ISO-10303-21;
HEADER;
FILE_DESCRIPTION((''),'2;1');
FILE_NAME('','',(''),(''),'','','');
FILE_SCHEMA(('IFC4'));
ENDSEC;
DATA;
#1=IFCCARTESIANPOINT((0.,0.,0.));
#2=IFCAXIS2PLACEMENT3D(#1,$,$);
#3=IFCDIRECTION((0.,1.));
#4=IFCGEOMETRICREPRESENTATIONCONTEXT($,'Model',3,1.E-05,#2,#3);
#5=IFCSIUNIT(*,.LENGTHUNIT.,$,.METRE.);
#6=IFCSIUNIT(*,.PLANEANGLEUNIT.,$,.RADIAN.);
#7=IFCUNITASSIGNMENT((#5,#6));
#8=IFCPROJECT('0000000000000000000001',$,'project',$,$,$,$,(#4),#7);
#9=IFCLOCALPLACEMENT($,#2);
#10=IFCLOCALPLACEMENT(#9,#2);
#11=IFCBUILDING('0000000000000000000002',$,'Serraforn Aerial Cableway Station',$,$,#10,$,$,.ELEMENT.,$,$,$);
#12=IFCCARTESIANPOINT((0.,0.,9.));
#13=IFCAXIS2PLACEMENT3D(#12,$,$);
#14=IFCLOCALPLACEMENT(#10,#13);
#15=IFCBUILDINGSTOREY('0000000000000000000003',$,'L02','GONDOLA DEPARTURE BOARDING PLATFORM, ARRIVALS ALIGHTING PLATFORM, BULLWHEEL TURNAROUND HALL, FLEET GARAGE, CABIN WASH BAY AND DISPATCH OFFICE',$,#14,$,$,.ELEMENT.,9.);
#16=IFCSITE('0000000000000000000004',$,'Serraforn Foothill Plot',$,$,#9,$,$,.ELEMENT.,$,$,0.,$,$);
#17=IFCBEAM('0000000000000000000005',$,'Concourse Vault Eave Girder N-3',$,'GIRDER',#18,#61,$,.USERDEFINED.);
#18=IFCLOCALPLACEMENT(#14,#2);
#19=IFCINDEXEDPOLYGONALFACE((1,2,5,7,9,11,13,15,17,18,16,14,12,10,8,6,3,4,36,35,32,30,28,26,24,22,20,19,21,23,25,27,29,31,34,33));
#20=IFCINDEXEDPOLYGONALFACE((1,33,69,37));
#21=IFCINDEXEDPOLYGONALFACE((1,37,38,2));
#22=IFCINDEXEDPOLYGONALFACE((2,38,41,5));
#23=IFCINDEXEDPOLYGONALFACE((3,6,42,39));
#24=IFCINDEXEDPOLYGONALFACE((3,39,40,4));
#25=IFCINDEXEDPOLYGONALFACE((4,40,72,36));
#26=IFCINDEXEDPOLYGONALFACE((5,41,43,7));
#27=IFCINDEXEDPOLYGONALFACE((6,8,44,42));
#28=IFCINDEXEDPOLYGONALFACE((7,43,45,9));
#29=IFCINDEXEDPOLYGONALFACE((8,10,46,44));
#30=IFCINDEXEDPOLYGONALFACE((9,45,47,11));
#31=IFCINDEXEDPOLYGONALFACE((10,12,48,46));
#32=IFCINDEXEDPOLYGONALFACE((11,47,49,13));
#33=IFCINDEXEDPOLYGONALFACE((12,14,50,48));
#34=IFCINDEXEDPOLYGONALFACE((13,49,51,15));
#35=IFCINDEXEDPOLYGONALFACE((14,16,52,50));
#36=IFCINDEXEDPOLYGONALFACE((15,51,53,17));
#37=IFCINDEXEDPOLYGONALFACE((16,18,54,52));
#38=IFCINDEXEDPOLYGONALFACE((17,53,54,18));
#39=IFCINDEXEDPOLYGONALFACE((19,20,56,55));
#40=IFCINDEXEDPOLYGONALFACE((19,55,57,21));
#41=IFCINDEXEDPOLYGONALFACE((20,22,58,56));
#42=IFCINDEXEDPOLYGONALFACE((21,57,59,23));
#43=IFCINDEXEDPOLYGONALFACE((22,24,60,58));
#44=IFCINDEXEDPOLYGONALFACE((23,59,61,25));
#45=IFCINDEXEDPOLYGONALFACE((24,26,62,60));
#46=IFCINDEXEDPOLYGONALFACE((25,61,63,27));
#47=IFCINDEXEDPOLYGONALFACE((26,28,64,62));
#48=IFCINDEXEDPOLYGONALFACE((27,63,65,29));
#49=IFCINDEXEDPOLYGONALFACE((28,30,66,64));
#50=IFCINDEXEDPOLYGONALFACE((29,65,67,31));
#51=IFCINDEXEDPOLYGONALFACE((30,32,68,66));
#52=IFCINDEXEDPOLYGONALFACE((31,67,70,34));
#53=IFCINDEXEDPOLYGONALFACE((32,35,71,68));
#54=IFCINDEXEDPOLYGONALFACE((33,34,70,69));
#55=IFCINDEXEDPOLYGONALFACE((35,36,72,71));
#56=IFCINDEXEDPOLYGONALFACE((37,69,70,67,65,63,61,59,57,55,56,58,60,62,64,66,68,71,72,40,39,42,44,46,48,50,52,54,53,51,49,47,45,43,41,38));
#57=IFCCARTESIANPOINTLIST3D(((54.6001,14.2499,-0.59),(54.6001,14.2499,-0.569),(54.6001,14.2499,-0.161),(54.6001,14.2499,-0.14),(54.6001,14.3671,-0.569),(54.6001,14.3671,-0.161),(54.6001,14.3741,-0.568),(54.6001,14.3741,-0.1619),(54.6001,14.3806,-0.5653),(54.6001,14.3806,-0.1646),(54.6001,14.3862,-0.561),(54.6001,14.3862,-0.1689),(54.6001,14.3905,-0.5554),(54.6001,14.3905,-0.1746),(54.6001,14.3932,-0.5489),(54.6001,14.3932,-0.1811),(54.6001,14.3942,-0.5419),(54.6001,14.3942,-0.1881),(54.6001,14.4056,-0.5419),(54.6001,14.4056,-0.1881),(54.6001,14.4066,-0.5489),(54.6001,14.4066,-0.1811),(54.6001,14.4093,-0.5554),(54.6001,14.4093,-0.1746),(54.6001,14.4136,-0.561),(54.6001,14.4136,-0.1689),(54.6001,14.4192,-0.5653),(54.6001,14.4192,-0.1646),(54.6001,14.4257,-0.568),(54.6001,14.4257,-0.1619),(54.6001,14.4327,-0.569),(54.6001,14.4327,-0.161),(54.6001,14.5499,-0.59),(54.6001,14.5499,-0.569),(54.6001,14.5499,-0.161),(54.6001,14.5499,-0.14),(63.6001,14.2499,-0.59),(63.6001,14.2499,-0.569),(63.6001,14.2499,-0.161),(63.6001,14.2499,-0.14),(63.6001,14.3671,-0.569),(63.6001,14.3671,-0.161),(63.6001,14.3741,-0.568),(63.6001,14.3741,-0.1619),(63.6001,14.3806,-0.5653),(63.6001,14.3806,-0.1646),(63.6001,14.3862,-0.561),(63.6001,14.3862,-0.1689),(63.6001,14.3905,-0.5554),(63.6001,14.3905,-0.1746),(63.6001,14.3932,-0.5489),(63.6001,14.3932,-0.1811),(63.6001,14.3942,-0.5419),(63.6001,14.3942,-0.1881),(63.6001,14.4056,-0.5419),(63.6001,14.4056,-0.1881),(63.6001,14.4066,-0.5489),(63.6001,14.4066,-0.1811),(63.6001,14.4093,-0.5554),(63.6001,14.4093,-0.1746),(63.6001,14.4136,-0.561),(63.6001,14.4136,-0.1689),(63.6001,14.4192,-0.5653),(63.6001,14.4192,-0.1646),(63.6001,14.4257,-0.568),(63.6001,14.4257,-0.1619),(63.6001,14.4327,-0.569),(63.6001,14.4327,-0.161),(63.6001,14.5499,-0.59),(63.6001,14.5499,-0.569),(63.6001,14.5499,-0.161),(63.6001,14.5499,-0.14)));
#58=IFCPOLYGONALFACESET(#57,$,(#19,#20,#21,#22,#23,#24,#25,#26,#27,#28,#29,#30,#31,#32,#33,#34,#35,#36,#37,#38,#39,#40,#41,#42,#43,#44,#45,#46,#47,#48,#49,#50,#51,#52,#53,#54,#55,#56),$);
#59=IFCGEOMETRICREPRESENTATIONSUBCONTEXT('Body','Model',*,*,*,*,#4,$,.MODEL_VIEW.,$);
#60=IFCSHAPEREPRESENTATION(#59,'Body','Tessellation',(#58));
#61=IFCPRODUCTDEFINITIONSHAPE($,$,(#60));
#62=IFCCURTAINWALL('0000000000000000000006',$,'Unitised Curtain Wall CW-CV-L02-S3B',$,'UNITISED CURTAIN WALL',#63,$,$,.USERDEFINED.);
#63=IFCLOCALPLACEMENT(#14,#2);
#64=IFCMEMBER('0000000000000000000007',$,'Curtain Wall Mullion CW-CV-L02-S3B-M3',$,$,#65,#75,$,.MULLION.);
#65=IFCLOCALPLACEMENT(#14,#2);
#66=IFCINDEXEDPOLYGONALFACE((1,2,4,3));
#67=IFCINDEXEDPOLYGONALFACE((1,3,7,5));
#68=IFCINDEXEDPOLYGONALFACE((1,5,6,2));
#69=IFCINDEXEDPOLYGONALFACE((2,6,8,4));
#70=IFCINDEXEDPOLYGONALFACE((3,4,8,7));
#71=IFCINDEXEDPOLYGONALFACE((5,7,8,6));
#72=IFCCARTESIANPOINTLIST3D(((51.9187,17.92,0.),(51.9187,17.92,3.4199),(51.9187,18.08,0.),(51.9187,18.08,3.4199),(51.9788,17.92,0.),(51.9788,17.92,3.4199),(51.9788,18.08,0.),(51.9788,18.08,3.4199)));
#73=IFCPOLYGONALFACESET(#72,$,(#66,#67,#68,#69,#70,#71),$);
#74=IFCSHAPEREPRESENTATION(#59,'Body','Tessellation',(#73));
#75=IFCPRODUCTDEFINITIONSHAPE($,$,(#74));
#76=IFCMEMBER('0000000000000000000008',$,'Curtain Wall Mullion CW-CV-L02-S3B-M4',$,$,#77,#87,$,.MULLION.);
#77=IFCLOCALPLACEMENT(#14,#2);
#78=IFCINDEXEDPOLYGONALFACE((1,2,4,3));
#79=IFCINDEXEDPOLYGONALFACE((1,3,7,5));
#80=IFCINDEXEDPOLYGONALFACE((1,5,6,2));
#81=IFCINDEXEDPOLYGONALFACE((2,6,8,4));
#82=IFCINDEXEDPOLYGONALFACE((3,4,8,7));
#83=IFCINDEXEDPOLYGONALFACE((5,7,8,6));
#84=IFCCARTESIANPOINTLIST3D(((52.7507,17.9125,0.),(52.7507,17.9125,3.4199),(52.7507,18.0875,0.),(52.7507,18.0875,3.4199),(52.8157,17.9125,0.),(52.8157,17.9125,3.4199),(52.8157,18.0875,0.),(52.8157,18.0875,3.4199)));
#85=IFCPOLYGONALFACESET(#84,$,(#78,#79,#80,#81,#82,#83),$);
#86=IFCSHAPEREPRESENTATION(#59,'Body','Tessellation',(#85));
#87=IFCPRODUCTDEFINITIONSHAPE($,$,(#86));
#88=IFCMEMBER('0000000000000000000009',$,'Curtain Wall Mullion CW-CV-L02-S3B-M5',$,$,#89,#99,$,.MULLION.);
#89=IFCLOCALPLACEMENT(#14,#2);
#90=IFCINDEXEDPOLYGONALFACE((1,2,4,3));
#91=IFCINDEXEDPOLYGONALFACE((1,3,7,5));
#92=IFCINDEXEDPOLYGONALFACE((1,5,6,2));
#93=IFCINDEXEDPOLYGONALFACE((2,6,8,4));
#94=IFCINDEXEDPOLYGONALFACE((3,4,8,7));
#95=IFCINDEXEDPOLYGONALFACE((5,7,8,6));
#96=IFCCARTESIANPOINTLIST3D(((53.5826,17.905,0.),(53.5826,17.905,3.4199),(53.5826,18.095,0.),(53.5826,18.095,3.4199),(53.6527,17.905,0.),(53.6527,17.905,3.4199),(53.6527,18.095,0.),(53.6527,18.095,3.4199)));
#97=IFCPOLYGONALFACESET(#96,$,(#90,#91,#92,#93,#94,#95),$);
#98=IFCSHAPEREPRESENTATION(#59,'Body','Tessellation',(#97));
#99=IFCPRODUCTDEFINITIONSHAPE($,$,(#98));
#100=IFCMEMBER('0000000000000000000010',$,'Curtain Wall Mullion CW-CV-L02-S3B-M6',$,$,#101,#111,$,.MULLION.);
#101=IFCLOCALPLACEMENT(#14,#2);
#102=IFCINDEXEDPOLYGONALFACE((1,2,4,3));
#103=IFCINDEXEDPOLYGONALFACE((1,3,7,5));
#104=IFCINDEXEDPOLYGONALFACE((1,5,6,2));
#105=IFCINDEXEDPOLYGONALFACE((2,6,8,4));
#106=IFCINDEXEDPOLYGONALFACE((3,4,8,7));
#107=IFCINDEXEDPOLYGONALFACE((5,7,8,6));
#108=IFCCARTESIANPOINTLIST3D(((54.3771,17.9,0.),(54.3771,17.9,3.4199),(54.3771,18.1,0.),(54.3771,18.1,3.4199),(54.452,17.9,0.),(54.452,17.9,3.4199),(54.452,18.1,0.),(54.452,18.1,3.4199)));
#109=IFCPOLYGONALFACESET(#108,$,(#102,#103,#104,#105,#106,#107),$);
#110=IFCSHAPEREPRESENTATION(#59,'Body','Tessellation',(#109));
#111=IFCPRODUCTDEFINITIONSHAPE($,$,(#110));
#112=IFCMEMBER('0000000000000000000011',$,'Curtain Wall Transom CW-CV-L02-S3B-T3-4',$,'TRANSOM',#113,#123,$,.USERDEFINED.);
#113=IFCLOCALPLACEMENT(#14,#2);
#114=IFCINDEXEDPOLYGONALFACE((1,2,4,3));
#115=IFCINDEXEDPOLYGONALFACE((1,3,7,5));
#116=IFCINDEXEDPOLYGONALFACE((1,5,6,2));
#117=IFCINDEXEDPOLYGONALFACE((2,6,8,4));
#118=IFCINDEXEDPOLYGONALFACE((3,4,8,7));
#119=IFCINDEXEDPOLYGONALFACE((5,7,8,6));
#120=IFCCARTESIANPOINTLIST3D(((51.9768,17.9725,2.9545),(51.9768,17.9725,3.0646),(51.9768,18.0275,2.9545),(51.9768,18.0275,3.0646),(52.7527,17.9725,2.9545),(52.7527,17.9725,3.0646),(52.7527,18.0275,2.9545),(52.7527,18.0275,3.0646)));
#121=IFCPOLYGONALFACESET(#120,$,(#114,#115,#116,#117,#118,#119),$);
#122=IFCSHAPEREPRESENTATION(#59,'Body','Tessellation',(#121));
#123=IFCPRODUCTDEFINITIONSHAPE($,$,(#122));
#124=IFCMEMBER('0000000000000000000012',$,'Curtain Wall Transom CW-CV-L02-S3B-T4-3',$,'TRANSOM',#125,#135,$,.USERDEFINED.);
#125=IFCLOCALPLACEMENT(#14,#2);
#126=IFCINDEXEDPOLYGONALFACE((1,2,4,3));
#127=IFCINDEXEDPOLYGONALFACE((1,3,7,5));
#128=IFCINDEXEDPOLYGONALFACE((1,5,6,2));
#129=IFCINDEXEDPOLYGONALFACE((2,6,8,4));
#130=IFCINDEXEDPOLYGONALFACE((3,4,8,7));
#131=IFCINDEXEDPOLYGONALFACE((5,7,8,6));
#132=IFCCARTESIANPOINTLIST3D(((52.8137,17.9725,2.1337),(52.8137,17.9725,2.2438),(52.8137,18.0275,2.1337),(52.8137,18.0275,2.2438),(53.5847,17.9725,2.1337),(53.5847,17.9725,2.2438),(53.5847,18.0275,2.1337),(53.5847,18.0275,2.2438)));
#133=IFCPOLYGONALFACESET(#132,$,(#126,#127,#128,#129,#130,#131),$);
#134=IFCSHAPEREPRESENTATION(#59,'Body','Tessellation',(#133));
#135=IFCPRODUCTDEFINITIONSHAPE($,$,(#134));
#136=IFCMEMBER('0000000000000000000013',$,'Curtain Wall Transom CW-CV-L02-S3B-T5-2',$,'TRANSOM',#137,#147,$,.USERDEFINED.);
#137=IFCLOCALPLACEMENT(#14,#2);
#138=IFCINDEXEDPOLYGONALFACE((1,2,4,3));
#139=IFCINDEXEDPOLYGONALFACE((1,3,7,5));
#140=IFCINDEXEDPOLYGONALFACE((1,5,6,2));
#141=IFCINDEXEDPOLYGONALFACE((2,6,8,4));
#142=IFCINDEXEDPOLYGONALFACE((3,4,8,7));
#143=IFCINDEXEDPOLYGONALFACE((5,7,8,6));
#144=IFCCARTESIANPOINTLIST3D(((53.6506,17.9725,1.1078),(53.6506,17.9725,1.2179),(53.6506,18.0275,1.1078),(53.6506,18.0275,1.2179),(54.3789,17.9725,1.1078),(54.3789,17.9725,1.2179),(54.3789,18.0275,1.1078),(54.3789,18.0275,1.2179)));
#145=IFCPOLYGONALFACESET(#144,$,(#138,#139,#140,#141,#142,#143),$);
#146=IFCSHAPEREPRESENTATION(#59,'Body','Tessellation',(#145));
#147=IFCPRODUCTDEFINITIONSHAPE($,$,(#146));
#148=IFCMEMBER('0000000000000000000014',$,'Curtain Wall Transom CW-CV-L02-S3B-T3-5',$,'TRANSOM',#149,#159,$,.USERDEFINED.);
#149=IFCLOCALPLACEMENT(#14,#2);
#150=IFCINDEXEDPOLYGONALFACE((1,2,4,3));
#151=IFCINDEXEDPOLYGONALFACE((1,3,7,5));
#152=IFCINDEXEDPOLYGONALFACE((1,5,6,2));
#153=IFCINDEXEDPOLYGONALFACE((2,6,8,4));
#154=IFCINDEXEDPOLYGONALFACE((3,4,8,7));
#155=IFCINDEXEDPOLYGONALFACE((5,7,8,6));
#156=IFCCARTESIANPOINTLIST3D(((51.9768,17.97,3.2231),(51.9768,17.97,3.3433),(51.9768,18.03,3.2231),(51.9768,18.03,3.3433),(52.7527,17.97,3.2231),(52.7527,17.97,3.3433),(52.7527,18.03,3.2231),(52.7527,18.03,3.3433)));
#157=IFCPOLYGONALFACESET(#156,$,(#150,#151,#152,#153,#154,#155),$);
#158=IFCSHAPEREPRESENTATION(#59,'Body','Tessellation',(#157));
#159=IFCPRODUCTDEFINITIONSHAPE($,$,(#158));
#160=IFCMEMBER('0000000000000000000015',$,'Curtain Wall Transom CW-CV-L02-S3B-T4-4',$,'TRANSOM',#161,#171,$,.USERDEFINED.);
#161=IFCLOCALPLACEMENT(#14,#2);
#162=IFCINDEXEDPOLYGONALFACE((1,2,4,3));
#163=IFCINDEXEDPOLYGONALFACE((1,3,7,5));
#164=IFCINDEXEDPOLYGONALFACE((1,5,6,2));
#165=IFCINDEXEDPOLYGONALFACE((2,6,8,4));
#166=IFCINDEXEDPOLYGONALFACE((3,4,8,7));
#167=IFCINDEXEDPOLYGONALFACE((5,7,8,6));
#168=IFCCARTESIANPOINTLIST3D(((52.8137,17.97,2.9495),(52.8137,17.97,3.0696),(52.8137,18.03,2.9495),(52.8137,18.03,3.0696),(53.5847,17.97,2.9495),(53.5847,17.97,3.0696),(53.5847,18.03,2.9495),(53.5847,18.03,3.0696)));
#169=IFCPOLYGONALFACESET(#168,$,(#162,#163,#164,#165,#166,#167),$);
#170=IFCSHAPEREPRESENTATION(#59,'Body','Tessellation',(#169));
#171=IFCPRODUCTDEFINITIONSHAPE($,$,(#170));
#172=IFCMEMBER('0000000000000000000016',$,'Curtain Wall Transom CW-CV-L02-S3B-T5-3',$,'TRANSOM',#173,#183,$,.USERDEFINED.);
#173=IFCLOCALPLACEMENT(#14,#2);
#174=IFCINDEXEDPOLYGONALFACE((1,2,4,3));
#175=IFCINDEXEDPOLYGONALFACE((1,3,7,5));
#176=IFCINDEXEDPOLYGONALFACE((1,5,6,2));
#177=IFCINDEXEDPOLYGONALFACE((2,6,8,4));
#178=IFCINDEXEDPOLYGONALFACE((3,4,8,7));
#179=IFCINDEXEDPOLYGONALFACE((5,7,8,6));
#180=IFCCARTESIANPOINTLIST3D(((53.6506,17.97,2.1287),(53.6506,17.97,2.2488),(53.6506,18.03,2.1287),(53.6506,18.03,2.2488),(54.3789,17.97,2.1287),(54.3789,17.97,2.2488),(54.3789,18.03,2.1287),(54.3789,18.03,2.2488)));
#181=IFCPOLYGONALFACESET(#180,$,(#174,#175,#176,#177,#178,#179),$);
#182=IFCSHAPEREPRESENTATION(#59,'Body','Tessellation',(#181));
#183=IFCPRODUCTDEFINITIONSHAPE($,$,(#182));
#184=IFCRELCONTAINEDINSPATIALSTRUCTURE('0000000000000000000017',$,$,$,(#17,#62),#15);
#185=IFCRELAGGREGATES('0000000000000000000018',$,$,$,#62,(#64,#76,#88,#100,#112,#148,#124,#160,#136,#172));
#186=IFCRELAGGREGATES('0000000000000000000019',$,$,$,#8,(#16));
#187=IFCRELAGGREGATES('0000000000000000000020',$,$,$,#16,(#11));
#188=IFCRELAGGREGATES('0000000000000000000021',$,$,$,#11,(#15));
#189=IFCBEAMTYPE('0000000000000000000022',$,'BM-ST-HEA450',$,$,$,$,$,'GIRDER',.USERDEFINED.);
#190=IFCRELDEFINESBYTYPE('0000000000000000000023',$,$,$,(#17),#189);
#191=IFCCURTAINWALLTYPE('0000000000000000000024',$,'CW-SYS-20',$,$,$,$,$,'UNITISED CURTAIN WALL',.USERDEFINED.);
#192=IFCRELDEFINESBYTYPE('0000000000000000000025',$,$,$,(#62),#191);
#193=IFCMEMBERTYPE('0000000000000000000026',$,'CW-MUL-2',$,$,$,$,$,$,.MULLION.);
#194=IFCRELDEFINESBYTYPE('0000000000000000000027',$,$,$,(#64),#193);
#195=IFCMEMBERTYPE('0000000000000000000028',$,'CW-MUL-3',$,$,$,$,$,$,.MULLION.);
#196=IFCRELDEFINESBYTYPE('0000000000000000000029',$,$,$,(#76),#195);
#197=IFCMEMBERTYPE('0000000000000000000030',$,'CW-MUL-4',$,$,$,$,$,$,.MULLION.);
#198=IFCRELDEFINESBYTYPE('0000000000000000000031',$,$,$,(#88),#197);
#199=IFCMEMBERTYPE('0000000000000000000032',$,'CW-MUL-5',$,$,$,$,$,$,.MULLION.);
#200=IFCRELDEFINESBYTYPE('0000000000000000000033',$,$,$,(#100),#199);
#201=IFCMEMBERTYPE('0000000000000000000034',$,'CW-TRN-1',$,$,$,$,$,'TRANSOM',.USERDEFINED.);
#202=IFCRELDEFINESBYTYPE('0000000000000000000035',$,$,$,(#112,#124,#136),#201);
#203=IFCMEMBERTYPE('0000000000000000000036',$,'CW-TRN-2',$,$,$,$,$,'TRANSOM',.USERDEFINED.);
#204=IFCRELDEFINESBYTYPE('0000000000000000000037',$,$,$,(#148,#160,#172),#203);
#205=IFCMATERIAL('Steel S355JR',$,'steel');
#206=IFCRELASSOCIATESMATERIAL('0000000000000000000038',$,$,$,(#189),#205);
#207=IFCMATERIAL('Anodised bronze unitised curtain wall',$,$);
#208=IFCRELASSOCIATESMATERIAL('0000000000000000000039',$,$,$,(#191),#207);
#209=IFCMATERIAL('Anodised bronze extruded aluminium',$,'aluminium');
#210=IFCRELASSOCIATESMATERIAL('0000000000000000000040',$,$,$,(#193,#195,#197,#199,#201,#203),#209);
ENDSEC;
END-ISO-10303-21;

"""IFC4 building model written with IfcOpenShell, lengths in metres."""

from ifc_helpers import new_model, si_unit, direction, frame, origin, origin_2d, place, context, subcontext, project, spatial, rectangle, i_section, extrude, material, material_profile, profile_set, type_object, element, aggregate, save


model = new_model("IFC4")

# Units and contexts
model_context = context("Model", 3, precision=1e-05, world=origin(), true_north=direction((0.0, 1.0)))
body_context = subcontext(model_context, "Body", "Model", "MODEL_VIEW")
ifc_project = project(units=[si_unit("LENGTHUNIT", "METRE"), si_unit("PLANEANGLEUNIT", "RADIAN")], contexts=[model_context])

# Site, building, storey
site_placement = place(None, origin())
site = spatial("IfcSite", under=ifc_project, at=site_placement, Name="Serraforn Foothill Plot", CompositionType="ELEMENT", RefElevation=0.0)
building_placement = place(site_placement, origin())
building = spatial("IfcBuilding", under=site, at=building_placement, Name="Serraforn Aerial Cableway Station", CompositionType="ELEMENT")
storey_placement = place(building_placement, frame((0.0, 0.0, 9.0)))
storey = spatial("IfcBuildingStorey", under=building, at=storey_placement, Name="L02", Description="GONDOLA DEPARTURE BOARDING PLATFORM, ARRIVALS ALIGHTING PLATFORM, BULLWHEEL TURNAROUND HALL, FLEET GARAGE, CABIN WASH BAY AND DISPATCH OFFICE", CompositionType="ELEMENT", Elevation=9.0)

# Beam
ifc_material_1 = material(Name="Steel S355JR", Category="steel")
ifc_material_profile_1 = material_profile(ifc_material_1, i_section(OverallWidth=0.3, OverallDepth=0.45, WebThickness=0.0115, FlangeThickness=0.021, FilletRadius=0.0271, at=origin_2d()), Name="HEA 450")
ifc_profile_set_1 = profile_set([ifc_material_profile_1], Name="Steel S355JR")
beam_type = type_object("IfcBeamType", Name="BM-ST-HEA450", ElementType="GIRDER", PredefinedType="USERDEFINED", material=ifc_profile_set_1)
beam_placement = place(storey_placement, frame((54.6001, 14.3999, -0.365), z_axis=(1.0, 0.0, 0.0), x_axis=(0.0, 1.0, 0.0)))
element("IfcBeam", 1, at=beam_placement, inside=storey, type_object=beam_type, Name="Concourse Vault Eave Girder N-3", ObjectType="GIRDER", PredefinedType="USERDEFINED", context=body_context, shape_type="SweptSolid", body=[
    extrude(i_section(OverallWidth=0.3, OverallDepth=0.45, WebThickness=0.0115, FlangeThickness=0.021, FilletRadius=0.0271, at=origin_2d()), origin(), (0.0, 0.0, 1.0), 9.0),
])

# Curtain wall, members
ifc_material_2 = material(Name="Anodised bronze unitised curtain wall")
curtain_wall_type = type_object("IfcCurtainWallType", Name="CW-SYS-20", ElementType="UNITISED CURTAIN WALL", PredefinedType="USERDEFINED", material=ifc_material_2)
curtain_wall_placement = place(storey_placement, origin())
curtain_wall = element("IfcCurtainWall", 2, at=curtain_wall_placement, inside=storey, type_object=curtain_wall_type, Name="Unitised Curtain Wall CW-CV-L02-S3B", ObjectType="UNITISED CURTAIN WALL", PredefinedType="USERDEFINED")
ifc_material_3 = material(Name="Anodised bronze extruded aluminium", Category="aluminium")
ifc_material_profile_2 = material_profile(ifc_material_3, rectangle(XDim=0.0601, YDim=0.1599, at=origin_2d()), Name="CW MULLION 60x160")
ifc_profile_set_2 = profile_set([ifc_material_profile_2], Name="Anodised bronze extruded aluminium")
member_type_1 = type_object("IfcMemberType", Name="CW-MUL-2", PredefinedType="MULLION", material=ifc_profile_set_2)
member_1_placement = place(storey_placement, frame((51.9487, 18.0, 0.0), z_axis=(0.0, 0.0, 1.0), x_axis=(1.0, 0.0, 0.0)))
member_1 = element("IfcMember", 3, at=member_1_placement, type_object=member_type_1, Name="Curtain Wall Mullion CW-CV-L02-S3B-M3", PredefinedType="MULLION", context=body_context, shape_type="SweptSolid", body=[
    extrude(rectangle(XDim=0.0601, YDim=0.1599, at=origin_2d()), origin(), (0.0, 0.0, 1.0), 3.4199),
])
ifc_material_profile_3 = material_profile(ifc_material_3, rectangle(XDim=0.0649, YDim=0.175, at=origin_2d()), Name="CW MULLION 65x175")
ifc_profile_set_3 = profile_set([ifc_material_profile_3], Name="Anodised bronze extruded aluminium")
member_type_2 = type_object("IfcMemberType", Name="CW-MUL-3", PredefinedType="MULLION", material=ifc_profile_set_3)
member_2_placement = place(storey_placement, frame((52.7832, 18.0, 0.0), z_axis=(0.0, 0.0, 1.0), x_axis=(1.0, 0.0, 0.0)))
member_2 = element("IfcMember", 4, at=member_2_placement, type_object=member_type_2, Name="Curtain Wall Mullion CW-CV-L02-S3B-M4", PredefinedType="MULLION", context=body_context, shape_type="SweptSolid", body=[
    extrude(rectangle(XDim=0.0649, YDim=0.175, at=origin_2d()), origin(), (0.0, 0.0, 1.0), 3.4199),
])
ifc_material_profile_4 = material_profile(ifc_material_3, rectangle(XDim=0.0701, YDim=0.1899, at=origin_2d()), Name="CW MULLION 70x190")
ifc_profile_set_4 = profile_set([ifc_material_profile_4], Name="Anodised bronze extruded aluminium")
member_type_3 = type_object("IfcMemberType", Name="CW-MUL-4", PredefinedType="MULLION", material=ifc_profile_set_4)
member_3_placement = place(storey_placement, frame((53.6177, 18.0, 0.0), z_axis=(0.0, 0.0, 1.0), x_axis=(1.0, 0.0, 0.0)))
member_3 = element("IfcMember", 5, at=member_3_placement, type_object=member_type_3, Name="Curtain Wall Mullion CW-CV-L02-S3B-M5", PredefinedType="MULLION", context=body_context, shape_type="SweptSolid", body=[
    extrude(rectangle(XDim=0.0701, YDim=0.1899, at=origin_2d()), origin(), (0.0, 0.0, 1.0), 3.4199),
])
ifc_material_profile_5 = material_profile(ifc_material_3, rectangle(XDim=0.075, YDim=0.2, at=origin_2d()), Name="CW MULLION 75x200")
ifc_profile_set_5 = profile_set([ifc_material_profile_5], Name="Anodised bronze extruded aluminium")
member_type_4 = type_object("IfcMemberType", Name="CW-MUL-5", PredefinedType="MULLION", material=ifc_profile_set_5)
member_4_placement = place(storey_placement, frame((54.4146, 18.0, 0.0), z_axis=(0.0, 0.0, 1.0), x_axis=(1.0, 0.0, 0.0)))
member_4 = element("IfcMember", 6, at=member_4_placement, type_object=member_type_4, Name="Curtain Wall Mullion CW-CV-L02-S3B-M6", PredefinedType="MULLION", context=body_context, shape_type="SweptSolid", body=[
    extrude(rectangle(XDim=0.075, YDim=0.2, at=origin_2d()), origin(), (0.0, 0.0, 1.0), 3.4199),
])
ifc_material_profile_6 = material_profile(ifc_material_3, rectangle(XDim=0.0549, YDim=0.1101, at=origin_2d()), Name="CW TRANSOM 55x110")
ifc_profile_set_6 = profile_set([ifc_material_profile_6], Name="Anodised bronze extruded aluminium")
member_type_5 = type_object("IfcMemberType", Name="CW-TRN-1", ElementType="TRANSOM", PredefinedType="USERDEFINED", material=ifc_profile_set_6)
member_5_placement = place(storey_placement, frame((51.9768, 18.0, 3.0095), z_axis=(1.0, 0.0, 0.0), x_axis=(0.0, 1.0, 0.0)))
member_5 = element("IfcMember", 7, at=member_5_placement, type_object=member_type_5, Name="Curtain Wall Transom CW-CV-L02-S3B-T3-4", ObjectType="TRANSOM", PredefinedType="USERDEFINED", context=body_context, shape_type="SweptSolid", body=[
    extrude(rectangle(XDim=0.0549, YDim=0.1101, at=origin_2d()), origin(), (0.0, 0.0, 1.0), 0.7759),
])
member_6_placement = place(storey_placement, frame((52.8137, 18.0, 2.1887), z_axis=(1.0, 0.0, 0.0), x_axis=(0.0, 1.0, 0.0)))
member_6 = element("IfcMember", 8, at=member_6_placement, type_object=member_type_5, Name="Curtain Wall Transom CW-CV-L02-S3B-T4-3", ObjectType="TRANSOM", PredefinedType="USERDEFINED", context=body_context, shape_type="SweptSolid", body=[
    extrude(rectangle(XDim=0.0549, YDim=0.1101, at=origin_2d()), origin(), (0.0, 0.0, 1.0), 0.771),
])
member_7_placement = place(storey_placement, frame((53.6506, 18.0, 1.1628), z_axis=(1.0, 0.0, 0.0), x_axis=(0.0, 1.0, 0.0)))
member_7 = element("IfcMember", 9, at=member_7_placement, type_object=member_type_5, Name="Curtain Wall Transom CW-CV-L02-S3B-T5-2", ObjectType="TRANSOM", PredefinedType="USERDEFINED", context=body_context, shape_type="SweptSolid", body=[
    extrude(rectangle(XDim=0.0549, YDim=0.1101, at=origin_2d()), origin(), (0.0, 0.0, 1.0), 0.7283),
])
ifc_material_profile_7 = material_profile(ifc_material_3, rectangle(XDim=0.0601, YDim=0.1201, at=origin_2d()), Name="CW TRANSOM 60x120")
ifc_profile_set_7 = profile_set([ifc_material_profile_7], Name="Anodised bronze extruded aluminium")
member_type_6 = type_object("IfcMemberType", Name="CW-TRN-2", ElementType="TRANSOM", PredefinedType="USERDEFINED", material=ifc_profile_set_7)
member_8_placement = place(storey_placement, frame((51.9768, 18.0, 3.2832), z_axis=(1.0, 0.0, 0.0), x_axis=(0.0, 1.0, 0.0)))
member_8 = element("IfcMember", 10, at=member_8_placement, type_object=member_type_6, Name="Curtain Wall Transom CW-CV-L02-S3B-T3-5", ObjectType="TRANSOM", PredefinedType="USERDEFINED", context=body_context, shape_type="SweptSolid", body=[
    extrude(rectangle(XDim=0.0601, YDim=0.1201, at=origin_2d()), origin(), (0.0, 0.0, 1.0), 0.7759),
])
member_9_placement = place(storey_placement, frame((52.8137, 18.0, 3.0095), z_axis=(1.0, 0.0, 0.0), x_axis=(0.0, 1.0, 0.0)))
member_9 = element("IfcMember", 11, at=member_9_placement, type_object=member_type_6, Name="Curtain Wall Transom CW-CV-L02-S3B-T4-4", ObjectType="TRANSOM", PredefinedType="USERDEFINED", context=body_context, shape_type="SweptSolid", body=[
    extrude(rectangle(XDim=0.0601, YDim=0.1201, at=origin_2d()), origin(), (0.0, 0.0, 1.0), 0.771),
])
member_10_placement = place(storey_placement, frame((53.6506, 18.0, 2.1887), z_axis=(1.0, 0.0, 0.0), x_axis=(0.0, 1.0, 0.0)))
member_10 = element("IfcMember", 12, at=member_10_placement, type_object=member_type_6, Name="Curtain Wall Transom CW-CV-L02-S3B-T5-3", ObjectType="TRANSOM", PredefinedType="USERDEFINED", context=body_context, shape_type="SweptSolid", body=[
    extrude(rectangle(XDim=0.0601, YDim=0.1201, at=origin_2d()), origin(), (0.0, 0.0, 1.0), 0.7283),
])

aggregate(curtain_wall, [member_1, member_2, member_3, member_4, member_5, member_8, member_6, member_9, member_7, member_10])

save(model, "model.ifc")
